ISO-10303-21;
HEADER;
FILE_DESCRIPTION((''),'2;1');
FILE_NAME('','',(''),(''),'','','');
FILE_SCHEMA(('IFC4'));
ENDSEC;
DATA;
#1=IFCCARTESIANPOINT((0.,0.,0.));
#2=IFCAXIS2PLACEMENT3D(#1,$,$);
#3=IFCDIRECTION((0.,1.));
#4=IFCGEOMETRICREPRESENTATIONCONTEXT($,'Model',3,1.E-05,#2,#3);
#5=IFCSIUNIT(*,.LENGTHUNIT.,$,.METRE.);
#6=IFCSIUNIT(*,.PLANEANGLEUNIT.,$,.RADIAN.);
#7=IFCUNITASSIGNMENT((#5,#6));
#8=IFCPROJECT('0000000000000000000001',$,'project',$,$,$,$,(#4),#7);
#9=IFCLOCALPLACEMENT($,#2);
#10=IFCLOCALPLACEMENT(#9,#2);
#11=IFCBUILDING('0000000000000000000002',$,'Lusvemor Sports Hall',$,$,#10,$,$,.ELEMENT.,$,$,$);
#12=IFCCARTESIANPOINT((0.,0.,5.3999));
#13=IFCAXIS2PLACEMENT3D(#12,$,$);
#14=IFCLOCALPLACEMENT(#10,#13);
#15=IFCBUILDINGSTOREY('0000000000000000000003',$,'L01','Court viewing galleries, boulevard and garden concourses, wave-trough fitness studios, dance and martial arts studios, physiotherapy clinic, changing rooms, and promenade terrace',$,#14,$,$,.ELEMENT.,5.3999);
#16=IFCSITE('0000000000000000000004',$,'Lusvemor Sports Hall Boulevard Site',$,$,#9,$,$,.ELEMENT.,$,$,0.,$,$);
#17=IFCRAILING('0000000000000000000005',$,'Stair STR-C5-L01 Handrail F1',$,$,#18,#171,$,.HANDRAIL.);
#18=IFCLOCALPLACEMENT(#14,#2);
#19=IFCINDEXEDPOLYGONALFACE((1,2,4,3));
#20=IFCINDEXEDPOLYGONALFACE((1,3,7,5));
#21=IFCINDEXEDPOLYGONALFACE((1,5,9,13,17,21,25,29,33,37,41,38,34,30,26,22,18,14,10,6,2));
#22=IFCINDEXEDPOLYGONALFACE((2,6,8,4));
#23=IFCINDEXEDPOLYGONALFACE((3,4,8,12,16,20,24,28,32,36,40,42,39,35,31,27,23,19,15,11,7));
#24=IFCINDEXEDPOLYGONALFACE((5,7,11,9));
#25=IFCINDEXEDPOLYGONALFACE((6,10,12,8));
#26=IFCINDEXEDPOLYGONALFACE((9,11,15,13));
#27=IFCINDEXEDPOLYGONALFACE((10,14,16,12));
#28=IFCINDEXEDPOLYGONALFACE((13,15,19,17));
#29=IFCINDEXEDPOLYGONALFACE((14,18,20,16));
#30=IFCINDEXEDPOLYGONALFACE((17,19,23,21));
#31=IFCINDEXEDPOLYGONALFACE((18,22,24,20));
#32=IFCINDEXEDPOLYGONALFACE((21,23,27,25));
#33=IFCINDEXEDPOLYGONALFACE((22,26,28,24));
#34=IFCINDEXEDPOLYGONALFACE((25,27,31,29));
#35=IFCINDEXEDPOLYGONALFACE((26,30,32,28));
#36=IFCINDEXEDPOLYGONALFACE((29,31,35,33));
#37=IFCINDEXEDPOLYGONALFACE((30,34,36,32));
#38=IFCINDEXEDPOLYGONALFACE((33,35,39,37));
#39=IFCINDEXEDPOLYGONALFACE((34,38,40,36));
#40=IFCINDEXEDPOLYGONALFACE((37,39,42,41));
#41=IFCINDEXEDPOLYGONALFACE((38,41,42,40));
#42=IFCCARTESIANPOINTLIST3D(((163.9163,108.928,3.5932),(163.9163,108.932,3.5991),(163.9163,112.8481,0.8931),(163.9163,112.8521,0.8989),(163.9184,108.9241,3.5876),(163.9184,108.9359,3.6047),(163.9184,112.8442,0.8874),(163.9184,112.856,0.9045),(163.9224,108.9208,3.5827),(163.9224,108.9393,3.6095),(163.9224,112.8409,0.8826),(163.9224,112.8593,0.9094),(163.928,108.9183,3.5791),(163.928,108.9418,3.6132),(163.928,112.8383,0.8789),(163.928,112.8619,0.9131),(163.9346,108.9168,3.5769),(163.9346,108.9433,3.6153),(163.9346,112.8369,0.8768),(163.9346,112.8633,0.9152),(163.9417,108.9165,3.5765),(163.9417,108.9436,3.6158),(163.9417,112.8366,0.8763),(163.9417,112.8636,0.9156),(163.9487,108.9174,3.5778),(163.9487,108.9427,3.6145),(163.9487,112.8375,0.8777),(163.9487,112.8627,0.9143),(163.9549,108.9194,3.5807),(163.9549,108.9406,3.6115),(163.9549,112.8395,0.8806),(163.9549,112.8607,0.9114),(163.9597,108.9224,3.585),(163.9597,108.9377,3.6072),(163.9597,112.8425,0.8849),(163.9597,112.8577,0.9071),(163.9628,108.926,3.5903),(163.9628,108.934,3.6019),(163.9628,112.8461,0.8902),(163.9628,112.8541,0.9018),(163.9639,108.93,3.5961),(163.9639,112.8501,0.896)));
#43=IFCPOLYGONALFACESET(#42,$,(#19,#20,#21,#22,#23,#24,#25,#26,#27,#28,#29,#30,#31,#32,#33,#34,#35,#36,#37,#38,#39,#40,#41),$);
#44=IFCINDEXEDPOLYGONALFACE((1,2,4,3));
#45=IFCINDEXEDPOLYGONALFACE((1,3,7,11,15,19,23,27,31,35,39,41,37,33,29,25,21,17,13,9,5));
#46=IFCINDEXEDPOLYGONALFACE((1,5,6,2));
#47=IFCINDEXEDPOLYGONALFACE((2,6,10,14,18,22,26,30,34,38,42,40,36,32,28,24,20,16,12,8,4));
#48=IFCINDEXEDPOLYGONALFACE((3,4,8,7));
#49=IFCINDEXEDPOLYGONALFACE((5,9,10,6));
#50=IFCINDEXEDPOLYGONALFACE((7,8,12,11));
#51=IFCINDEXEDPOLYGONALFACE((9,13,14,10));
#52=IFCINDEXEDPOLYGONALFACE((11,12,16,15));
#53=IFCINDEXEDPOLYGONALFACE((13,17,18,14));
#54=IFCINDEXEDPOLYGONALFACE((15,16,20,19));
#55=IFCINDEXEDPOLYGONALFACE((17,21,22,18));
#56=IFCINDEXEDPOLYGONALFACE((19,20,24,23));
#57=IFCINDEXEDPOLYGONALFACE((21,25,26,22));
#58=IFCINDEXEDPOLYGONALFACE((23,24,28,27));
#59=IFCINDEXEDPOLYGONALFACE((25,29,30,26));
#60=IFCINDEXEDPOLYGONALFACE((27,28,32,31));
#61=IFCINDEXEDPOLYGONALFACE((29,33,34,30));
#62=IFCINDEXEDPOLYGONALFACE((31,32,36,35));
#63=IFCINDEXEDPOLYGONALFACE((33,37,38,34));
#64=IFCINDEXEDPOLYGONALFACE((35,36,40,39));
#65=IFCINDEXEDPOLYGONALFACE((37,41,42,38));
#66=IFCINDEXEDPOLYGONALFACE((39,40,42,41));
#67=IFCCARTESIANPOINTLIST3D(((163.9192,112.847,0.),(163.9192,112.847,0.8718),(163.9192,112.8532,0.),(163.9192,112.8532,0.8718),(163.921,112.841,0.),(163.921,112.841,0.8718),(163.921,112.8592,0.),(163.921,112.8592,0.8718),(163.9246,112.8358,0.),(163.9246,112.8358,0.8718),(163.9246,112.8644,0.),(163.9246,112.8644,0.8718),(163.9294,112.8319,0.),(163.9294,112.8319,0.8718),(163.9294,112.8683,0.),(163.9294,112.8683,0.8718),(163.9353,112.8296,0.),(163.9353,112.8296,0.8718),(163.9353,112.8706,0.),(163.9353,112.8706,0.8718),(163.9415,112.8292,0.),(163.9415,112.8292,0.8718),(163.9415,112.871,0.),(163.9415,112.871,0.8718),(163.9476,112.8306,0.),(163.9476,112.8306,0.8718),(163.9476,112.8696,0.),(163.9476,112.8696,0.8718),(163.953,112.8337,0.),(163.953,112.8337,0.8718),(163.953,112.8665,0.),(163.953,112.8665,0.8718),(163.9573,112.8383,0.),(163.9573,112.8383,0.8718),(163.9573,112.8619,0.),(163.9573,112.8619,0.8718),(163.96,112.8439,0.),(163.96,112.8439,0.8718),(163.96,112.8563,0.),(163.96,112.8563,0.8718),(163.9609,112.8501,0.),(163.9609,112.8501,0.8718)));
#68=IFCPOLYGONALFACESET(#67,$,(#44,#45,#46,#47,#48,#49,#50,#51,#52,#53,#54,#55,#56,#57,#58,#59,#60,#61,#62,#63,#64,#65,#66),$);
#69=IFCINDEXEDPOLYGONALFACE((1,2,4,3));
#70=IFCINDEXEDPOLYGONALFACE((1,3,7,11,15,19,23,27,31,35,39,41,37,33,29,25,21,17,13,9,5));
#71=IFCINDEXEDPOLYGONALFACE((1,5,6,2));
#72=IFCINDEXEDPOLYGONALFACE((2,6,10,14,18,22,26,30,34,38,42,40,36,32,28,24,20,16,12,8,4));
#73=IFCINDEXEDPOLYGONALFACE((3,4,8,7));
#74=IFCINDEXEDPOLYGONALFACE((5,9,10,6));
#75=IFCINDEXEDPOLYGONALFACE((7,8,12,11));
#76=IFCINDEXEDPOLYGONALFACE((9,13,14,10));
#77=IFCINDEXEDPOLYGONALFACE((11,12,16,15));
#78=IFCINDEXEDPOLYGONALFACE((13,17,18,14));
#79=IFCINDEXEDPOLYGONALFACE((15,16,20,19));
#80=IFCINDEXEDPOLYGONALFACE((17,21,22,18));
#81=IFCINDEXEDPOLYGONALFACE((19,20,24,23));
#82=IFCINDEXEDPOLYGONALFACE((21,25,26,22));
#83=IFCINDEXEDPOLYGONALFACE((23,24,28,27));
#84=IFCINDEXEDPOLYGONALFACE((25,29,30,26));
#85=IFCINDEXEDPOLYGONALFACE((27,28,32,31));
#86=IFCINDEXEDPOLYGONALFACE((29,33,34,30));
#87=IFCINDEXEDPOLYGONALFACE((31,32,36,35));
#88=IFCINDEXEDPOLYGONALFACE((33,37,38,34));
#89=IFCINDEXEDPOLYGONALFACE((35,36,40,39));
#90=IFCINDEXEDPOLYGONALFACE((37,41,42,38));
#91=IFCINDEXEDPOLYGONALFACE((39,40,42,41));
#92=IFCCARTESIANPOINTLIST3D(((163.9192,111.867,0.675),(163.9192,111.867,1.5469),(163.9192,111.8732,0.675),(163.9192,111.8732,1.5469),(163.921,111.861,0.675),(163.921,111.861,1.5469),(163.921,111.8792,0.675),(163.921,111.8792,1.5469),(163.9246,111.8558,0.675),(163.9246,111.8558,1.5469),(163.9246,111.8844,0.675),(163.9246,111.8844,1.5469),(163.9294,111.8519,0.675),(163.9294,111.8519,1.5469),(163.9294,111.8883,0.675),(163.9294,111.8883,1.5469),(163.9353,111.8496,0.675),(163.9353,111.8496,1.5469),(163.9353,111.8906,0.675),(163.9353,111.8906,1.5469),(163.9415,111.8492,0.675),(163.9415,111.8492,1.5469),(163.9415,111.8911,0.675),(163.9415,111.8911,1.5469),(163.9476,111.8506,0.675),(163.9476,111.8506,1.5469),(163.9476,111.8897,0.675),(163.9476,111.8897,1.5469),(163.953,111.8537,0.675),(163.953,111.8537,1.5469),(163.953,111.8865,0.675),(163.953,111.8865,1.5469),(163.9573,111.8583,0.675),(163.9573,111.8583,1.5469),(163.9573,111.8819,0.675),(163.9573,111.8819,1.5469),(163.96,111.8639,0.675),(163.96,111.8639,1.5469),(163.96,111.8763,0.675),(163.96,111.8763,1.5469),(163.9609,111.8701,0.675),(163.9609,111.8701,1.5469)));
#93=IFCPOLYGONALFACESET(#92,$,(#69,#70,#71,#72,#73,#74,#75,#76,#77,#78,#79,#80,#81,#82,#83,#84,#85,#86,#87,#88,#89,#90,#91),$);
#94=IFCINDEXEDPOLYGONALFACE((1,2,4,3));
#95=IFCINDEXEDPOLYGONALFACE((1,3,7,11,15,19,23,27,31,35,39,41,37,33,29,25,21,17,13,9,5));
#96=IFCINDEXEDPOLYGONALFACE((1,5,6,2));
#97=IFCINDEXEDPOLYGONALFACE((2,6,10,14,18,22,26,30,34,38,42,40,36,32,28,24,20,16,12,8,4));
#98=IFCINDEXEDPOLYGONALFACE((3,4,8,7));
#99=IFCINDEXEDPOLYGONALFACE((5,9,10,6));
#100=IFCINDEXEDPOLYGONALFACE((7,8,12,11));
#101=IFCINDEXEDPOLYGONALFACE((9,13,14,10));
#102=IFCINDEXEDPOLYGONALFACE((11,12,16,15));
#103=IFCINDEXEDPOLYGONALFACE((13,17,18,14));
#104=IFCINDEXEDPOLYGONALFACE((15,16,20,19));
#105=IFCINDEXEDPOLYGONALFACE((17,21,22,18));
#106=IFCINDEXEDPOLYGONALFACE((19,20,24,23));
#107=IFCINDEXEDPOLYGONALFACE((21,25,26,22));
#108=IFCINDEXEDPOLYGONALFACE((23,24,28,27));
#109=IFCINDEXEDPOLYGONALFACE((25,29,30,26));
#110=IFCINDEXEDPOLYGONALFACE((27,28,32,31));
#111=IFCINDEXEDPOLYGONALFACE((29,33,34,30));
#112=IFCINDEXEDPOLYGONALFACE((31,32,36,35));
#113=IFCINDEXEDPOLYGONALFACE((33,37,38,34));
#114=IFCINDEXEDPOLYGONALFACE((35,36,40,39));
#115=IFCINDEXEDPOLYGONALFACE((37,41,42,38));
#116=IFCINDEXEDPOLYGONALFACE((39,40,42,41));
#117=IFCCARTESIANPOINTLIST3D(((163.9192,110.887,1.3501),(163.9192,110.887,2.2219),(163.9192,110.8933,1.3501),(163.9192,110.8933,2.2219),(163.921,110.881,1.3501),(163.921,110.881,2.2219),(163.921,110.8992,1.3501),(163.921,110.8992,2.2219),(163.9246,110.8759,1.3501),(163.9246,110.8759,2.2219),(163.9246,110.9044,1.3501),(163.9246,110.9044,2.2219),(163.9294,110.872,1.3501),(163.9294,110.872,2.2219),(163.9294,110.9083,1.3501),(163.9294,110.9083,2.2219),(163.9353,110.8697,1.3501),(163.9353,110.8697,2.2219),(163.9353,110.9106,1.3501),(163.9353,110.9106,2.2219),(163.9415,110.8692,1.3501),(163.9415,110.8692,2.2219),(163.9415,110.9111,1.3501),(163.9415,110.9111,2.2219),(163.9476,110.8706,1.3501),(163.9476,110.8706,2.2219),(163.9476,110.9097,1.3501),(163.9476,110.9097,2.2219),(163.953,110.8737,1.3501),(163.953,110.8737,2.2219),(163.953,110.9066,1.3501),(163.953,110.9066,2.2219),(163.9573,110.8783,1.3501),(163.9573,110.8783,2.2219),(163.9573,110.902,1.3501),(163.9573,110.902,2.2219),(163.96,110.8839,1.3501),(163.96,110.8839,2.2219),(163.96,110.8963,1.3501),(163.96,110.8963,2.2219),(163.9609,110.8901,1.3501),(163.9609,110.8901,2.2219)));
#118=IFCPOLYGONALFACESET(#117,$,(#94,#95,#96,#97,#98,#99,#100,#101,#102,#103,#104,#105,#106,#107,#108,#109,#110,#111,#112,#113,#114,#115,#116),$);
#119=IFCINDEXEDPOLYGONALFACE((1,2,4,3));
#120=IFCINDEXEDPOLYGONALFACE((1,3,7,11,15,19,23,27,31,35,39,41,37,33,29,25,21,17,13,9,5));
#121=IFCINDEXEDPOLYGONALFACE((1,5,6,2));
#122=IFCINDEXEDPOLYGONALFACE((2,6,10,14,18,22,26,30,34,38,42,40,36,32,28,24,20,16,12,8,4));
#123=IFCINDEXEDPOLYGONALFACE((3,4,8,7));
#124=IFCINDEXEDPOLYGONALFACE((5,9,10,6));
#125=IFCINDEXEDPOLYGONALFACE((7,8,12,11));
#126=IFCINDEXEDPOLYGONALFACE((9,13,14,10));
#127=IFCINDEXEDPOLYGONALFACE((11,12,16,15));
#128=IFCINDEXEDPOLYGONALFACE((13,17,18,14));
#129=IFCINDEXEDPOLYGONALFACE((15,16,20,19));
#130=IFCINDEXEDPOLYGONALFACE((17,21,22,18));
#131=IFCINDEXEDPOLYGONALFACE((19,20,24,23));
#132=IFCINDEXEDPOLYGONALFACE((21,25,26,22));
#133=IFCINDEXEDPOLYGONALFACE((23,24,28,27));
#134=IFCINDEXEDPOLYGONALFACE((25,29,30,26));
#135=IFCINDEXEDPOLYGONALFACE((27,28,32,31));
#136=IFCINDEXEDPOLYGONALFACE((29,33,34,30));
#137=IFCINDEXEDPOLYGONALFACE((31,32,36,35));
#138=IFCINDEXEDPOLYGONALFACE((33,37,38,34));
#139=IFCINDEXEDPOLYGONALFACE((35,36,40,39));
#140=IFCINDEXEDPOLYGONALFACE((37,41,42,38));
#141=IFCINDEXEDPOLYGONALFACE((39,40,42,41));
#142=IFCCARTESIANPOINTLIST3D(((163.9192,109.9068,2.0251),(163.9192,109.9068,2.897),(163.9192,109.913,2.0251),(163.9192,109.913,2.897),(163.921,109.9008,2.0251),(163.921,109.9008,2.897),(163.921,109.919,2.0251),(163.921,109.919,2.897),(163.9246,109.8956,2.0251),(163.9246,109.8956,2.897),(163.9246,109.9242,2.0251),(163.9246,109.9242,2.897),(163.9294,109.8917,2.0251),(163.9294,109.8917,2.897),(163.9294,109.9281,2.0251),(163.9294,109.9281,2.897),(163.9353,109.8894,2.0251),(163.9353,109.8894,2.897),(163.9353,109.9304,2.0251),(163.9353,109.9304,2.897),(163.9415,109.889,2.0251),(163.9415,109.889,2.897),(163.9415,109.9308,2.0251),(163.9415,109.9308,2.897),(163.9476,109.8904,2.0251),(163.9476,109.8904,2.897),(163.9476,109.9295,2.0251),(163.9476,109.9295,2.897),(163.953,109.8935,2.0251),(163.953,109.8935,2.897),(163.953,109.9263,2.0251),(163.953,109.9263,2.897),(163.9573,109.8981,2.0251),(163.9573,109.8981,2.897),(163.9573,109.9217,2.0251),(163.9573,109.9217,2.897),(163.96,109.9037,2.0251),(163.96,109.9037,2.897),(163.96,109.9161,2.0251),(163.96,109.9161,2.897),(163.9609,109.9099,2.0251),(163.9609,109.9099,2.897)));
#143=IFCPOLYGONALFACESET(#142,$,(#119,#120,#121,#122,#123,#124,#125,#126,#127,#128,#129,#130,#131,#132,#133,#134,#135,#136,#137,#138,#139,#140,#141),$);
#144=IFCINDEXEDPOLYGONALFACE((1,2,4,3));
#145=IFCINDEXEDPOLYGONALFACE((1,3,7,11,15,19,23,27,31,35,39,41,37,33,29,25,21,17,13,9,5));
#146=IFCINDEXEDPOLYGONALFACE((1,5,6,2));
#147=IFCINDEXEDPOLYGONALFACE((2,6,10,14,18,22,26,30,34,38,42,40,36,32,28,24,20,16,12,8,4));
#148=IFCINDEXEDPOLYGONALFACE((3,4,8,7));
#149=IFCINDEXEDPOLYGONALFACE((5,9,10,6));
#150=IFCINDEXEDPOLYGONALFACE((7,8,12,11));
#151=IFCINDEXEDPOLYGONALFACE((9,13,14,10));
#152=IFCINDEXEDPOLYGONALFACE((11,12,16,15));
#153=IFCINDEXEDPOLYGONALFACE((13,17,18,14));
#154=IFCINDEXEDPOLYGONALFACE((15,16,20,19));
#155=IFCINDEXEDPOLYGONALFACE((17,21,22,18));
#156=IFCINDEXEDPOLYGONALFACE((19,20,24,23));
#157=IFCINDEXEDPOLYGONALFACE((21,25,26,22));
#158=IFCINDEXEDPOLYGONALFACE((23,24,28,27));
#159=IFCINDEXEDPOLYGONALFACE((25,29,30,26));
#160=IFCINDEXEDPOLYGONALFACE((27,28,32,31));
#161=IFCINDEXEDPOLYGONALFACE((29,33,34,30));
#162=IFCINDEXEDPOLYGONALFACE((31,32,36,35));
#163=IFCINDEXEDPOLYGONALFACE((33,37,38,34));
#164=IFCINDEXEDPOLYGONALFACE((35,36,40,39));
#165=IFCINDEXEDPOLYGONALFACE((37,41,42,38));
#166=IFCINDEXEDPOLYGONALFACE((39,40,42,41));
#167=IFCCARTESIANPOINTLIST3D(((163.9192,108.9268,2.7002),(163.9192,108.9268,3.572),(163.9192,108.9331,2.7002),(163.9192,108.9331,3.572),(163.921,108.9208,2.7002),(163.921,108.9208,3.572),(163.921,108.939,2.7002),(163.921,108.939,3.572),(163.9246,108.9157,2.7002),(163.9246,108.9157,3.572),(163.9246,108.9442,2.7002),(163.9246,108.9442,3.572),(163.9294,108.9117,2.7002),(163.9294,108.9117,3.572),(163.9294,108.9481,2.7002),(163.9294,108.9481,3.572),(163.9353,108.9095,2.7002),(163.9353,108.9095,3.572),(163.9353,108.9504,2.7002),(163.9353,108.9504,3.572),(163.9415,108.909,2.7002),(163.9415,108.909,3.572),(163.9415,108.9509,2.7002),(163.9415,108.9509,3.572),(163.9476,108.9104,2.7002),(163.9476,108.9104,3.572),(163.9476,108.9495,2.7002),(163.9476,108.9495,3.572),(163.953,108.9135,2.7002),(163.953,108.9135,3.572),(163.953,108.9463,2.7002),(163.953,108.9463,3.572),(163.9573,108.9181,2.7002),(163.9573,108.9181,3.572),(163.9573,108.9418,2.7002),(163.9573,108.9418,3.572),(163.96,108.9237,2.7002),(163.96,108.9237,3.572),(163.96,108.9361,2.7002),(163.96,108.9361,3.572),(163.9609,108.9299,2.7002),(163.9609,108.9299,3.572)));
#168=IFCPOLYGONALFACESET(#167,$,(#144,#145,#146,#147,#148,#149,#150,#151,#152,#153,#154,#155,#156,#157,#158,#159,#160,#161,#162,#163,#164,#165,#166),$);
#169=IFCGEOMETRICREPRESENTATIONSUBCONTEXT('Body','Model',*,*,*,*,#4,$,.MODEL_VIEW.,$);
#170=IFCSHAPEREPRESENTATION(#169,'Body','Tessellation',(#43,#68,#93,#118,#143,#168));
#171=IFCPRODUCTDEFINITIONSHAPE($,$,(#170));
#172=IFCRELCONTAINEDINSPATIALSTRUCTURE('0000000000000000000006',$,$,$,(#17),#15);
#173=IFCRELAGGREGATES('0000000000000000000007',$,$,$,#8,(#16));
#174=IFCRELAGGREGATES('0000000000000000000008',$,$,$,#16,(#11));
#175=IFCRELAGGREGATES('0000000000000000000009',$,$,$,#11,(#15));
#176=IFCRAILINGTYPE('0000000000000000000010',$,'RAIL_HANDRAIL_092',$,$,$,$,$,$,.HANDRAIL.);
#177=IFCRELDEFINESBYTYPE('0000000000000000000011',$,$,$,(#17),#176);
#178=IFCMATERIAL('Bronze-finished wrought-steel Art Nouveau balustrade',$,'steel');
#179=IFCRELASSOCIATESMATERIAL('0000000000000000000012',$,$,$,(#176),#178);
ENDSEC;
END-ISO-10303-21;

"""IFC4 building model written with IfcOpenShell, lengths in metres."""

from ifc_helpers import new_model, si_unit, direction, frame, origin, origin_2d, place, context, subcontext, project, spatial, circle, extrude, material, type_object, element, save


model = new_model("IFC4")

# Units and contexts
model_context = context("Model", 3, precision=1e-05, world=origin(), true_north=direction((0.0, 1.0)))
body_context = subcontext(model_context, "Body", "Model", "MODEL_VIEW")
ifc_project = project(units=[si_unit("LENGTHUNIT", "METRE"), si_unit("PLANEANGLEUNIT", "RADIAN")], contexts=[model_context])

# Site, building, storey
site_placement = place(None, origin())
site = spatial("IfcSite", under=ifc_project, at=site_placement, Name="Lusvemor Sports Hall Boulevard Site", CompositionType="ELEMENT", RefElevation=0.0)
building_placement = place(site_placement, origin())
building = spatial("IfcBuilding", under=site, at=building_placement, Name="Lusvemor Sports Hall", CompositionType="ELEMENT")
storey_placement = place(building_placement, frame((0.0, 0.0, 5.3999)))
storey = spatial("IfcBuildingStorey", under=building, at=storey_placement, Name="L01", Description="Court viewing galleries, boulevard and garden concourses, wave-trough fitness studios, dance and martial arts studios, physiotherapy clinic, changing rooms, and promenade terrace", CompositionType="ELEMENT", Elevation=5.3999)

# Railing
ifc_material_1 = material(Name="Bronze-finished wrought-steel Art Nouveau balustrade", Category="steel")
railing_type_1 = type_object("IfcRailingType", Name="RAIL_HANDRAIL_092", PredefinedType="HANDRAIL", material=ifc_material_1)
railing_1_placement = place(storey_placement, frame((163.9399, 112.8501, 0.0)))
element("IfcRailing", 1, at=railing_1_placement, inside=storey, type_object=railing_type_1, Name="Stair STR-C5-L01 Handrail F1", PredefinedType="HANDRAIL", context=body_context, shape_type="SweptSolid", body=[
    extrude(circle(Radius=0.0239, at=origin_2d()), frame((0.0, 0.0, 0.896), z_axis=(0.0, -0.823543, 0.567253), x_axis=(1.0, 0.0, 0.0)), (0.0, 0.0, 1.0), 4.76),
    extrude(circle(Radius=0.021, at=origin_2d()), origin(), (0.0, 0.0, 1.0), 0.8718),
    extrude(circle(Radius=0.021, at=origin_2d()), frame((0.0, -0.98, 0.675)), (0.0, 0.0, 1.0), 0.8718),
    extrude(circle(Radius=0.021, at=origin_2d()), frame((0.0, -1.96, 1.3501)), (0.0, 0.0, 1.0), 0.8718),
    extrude(circle(Radius=0.021, at=origin_2d()), frame((0.0, -2.9402, 2.0251)), (0.0, 0.0, 1.0), 0.8718),
    extrude(circle(Radius=0.021, at=origin_2d()), frame((0.0, -3.9202, 2.7002)), (0.0, 0.0, 1.0), 0.8718),
])

save(model, "model.ifc")
